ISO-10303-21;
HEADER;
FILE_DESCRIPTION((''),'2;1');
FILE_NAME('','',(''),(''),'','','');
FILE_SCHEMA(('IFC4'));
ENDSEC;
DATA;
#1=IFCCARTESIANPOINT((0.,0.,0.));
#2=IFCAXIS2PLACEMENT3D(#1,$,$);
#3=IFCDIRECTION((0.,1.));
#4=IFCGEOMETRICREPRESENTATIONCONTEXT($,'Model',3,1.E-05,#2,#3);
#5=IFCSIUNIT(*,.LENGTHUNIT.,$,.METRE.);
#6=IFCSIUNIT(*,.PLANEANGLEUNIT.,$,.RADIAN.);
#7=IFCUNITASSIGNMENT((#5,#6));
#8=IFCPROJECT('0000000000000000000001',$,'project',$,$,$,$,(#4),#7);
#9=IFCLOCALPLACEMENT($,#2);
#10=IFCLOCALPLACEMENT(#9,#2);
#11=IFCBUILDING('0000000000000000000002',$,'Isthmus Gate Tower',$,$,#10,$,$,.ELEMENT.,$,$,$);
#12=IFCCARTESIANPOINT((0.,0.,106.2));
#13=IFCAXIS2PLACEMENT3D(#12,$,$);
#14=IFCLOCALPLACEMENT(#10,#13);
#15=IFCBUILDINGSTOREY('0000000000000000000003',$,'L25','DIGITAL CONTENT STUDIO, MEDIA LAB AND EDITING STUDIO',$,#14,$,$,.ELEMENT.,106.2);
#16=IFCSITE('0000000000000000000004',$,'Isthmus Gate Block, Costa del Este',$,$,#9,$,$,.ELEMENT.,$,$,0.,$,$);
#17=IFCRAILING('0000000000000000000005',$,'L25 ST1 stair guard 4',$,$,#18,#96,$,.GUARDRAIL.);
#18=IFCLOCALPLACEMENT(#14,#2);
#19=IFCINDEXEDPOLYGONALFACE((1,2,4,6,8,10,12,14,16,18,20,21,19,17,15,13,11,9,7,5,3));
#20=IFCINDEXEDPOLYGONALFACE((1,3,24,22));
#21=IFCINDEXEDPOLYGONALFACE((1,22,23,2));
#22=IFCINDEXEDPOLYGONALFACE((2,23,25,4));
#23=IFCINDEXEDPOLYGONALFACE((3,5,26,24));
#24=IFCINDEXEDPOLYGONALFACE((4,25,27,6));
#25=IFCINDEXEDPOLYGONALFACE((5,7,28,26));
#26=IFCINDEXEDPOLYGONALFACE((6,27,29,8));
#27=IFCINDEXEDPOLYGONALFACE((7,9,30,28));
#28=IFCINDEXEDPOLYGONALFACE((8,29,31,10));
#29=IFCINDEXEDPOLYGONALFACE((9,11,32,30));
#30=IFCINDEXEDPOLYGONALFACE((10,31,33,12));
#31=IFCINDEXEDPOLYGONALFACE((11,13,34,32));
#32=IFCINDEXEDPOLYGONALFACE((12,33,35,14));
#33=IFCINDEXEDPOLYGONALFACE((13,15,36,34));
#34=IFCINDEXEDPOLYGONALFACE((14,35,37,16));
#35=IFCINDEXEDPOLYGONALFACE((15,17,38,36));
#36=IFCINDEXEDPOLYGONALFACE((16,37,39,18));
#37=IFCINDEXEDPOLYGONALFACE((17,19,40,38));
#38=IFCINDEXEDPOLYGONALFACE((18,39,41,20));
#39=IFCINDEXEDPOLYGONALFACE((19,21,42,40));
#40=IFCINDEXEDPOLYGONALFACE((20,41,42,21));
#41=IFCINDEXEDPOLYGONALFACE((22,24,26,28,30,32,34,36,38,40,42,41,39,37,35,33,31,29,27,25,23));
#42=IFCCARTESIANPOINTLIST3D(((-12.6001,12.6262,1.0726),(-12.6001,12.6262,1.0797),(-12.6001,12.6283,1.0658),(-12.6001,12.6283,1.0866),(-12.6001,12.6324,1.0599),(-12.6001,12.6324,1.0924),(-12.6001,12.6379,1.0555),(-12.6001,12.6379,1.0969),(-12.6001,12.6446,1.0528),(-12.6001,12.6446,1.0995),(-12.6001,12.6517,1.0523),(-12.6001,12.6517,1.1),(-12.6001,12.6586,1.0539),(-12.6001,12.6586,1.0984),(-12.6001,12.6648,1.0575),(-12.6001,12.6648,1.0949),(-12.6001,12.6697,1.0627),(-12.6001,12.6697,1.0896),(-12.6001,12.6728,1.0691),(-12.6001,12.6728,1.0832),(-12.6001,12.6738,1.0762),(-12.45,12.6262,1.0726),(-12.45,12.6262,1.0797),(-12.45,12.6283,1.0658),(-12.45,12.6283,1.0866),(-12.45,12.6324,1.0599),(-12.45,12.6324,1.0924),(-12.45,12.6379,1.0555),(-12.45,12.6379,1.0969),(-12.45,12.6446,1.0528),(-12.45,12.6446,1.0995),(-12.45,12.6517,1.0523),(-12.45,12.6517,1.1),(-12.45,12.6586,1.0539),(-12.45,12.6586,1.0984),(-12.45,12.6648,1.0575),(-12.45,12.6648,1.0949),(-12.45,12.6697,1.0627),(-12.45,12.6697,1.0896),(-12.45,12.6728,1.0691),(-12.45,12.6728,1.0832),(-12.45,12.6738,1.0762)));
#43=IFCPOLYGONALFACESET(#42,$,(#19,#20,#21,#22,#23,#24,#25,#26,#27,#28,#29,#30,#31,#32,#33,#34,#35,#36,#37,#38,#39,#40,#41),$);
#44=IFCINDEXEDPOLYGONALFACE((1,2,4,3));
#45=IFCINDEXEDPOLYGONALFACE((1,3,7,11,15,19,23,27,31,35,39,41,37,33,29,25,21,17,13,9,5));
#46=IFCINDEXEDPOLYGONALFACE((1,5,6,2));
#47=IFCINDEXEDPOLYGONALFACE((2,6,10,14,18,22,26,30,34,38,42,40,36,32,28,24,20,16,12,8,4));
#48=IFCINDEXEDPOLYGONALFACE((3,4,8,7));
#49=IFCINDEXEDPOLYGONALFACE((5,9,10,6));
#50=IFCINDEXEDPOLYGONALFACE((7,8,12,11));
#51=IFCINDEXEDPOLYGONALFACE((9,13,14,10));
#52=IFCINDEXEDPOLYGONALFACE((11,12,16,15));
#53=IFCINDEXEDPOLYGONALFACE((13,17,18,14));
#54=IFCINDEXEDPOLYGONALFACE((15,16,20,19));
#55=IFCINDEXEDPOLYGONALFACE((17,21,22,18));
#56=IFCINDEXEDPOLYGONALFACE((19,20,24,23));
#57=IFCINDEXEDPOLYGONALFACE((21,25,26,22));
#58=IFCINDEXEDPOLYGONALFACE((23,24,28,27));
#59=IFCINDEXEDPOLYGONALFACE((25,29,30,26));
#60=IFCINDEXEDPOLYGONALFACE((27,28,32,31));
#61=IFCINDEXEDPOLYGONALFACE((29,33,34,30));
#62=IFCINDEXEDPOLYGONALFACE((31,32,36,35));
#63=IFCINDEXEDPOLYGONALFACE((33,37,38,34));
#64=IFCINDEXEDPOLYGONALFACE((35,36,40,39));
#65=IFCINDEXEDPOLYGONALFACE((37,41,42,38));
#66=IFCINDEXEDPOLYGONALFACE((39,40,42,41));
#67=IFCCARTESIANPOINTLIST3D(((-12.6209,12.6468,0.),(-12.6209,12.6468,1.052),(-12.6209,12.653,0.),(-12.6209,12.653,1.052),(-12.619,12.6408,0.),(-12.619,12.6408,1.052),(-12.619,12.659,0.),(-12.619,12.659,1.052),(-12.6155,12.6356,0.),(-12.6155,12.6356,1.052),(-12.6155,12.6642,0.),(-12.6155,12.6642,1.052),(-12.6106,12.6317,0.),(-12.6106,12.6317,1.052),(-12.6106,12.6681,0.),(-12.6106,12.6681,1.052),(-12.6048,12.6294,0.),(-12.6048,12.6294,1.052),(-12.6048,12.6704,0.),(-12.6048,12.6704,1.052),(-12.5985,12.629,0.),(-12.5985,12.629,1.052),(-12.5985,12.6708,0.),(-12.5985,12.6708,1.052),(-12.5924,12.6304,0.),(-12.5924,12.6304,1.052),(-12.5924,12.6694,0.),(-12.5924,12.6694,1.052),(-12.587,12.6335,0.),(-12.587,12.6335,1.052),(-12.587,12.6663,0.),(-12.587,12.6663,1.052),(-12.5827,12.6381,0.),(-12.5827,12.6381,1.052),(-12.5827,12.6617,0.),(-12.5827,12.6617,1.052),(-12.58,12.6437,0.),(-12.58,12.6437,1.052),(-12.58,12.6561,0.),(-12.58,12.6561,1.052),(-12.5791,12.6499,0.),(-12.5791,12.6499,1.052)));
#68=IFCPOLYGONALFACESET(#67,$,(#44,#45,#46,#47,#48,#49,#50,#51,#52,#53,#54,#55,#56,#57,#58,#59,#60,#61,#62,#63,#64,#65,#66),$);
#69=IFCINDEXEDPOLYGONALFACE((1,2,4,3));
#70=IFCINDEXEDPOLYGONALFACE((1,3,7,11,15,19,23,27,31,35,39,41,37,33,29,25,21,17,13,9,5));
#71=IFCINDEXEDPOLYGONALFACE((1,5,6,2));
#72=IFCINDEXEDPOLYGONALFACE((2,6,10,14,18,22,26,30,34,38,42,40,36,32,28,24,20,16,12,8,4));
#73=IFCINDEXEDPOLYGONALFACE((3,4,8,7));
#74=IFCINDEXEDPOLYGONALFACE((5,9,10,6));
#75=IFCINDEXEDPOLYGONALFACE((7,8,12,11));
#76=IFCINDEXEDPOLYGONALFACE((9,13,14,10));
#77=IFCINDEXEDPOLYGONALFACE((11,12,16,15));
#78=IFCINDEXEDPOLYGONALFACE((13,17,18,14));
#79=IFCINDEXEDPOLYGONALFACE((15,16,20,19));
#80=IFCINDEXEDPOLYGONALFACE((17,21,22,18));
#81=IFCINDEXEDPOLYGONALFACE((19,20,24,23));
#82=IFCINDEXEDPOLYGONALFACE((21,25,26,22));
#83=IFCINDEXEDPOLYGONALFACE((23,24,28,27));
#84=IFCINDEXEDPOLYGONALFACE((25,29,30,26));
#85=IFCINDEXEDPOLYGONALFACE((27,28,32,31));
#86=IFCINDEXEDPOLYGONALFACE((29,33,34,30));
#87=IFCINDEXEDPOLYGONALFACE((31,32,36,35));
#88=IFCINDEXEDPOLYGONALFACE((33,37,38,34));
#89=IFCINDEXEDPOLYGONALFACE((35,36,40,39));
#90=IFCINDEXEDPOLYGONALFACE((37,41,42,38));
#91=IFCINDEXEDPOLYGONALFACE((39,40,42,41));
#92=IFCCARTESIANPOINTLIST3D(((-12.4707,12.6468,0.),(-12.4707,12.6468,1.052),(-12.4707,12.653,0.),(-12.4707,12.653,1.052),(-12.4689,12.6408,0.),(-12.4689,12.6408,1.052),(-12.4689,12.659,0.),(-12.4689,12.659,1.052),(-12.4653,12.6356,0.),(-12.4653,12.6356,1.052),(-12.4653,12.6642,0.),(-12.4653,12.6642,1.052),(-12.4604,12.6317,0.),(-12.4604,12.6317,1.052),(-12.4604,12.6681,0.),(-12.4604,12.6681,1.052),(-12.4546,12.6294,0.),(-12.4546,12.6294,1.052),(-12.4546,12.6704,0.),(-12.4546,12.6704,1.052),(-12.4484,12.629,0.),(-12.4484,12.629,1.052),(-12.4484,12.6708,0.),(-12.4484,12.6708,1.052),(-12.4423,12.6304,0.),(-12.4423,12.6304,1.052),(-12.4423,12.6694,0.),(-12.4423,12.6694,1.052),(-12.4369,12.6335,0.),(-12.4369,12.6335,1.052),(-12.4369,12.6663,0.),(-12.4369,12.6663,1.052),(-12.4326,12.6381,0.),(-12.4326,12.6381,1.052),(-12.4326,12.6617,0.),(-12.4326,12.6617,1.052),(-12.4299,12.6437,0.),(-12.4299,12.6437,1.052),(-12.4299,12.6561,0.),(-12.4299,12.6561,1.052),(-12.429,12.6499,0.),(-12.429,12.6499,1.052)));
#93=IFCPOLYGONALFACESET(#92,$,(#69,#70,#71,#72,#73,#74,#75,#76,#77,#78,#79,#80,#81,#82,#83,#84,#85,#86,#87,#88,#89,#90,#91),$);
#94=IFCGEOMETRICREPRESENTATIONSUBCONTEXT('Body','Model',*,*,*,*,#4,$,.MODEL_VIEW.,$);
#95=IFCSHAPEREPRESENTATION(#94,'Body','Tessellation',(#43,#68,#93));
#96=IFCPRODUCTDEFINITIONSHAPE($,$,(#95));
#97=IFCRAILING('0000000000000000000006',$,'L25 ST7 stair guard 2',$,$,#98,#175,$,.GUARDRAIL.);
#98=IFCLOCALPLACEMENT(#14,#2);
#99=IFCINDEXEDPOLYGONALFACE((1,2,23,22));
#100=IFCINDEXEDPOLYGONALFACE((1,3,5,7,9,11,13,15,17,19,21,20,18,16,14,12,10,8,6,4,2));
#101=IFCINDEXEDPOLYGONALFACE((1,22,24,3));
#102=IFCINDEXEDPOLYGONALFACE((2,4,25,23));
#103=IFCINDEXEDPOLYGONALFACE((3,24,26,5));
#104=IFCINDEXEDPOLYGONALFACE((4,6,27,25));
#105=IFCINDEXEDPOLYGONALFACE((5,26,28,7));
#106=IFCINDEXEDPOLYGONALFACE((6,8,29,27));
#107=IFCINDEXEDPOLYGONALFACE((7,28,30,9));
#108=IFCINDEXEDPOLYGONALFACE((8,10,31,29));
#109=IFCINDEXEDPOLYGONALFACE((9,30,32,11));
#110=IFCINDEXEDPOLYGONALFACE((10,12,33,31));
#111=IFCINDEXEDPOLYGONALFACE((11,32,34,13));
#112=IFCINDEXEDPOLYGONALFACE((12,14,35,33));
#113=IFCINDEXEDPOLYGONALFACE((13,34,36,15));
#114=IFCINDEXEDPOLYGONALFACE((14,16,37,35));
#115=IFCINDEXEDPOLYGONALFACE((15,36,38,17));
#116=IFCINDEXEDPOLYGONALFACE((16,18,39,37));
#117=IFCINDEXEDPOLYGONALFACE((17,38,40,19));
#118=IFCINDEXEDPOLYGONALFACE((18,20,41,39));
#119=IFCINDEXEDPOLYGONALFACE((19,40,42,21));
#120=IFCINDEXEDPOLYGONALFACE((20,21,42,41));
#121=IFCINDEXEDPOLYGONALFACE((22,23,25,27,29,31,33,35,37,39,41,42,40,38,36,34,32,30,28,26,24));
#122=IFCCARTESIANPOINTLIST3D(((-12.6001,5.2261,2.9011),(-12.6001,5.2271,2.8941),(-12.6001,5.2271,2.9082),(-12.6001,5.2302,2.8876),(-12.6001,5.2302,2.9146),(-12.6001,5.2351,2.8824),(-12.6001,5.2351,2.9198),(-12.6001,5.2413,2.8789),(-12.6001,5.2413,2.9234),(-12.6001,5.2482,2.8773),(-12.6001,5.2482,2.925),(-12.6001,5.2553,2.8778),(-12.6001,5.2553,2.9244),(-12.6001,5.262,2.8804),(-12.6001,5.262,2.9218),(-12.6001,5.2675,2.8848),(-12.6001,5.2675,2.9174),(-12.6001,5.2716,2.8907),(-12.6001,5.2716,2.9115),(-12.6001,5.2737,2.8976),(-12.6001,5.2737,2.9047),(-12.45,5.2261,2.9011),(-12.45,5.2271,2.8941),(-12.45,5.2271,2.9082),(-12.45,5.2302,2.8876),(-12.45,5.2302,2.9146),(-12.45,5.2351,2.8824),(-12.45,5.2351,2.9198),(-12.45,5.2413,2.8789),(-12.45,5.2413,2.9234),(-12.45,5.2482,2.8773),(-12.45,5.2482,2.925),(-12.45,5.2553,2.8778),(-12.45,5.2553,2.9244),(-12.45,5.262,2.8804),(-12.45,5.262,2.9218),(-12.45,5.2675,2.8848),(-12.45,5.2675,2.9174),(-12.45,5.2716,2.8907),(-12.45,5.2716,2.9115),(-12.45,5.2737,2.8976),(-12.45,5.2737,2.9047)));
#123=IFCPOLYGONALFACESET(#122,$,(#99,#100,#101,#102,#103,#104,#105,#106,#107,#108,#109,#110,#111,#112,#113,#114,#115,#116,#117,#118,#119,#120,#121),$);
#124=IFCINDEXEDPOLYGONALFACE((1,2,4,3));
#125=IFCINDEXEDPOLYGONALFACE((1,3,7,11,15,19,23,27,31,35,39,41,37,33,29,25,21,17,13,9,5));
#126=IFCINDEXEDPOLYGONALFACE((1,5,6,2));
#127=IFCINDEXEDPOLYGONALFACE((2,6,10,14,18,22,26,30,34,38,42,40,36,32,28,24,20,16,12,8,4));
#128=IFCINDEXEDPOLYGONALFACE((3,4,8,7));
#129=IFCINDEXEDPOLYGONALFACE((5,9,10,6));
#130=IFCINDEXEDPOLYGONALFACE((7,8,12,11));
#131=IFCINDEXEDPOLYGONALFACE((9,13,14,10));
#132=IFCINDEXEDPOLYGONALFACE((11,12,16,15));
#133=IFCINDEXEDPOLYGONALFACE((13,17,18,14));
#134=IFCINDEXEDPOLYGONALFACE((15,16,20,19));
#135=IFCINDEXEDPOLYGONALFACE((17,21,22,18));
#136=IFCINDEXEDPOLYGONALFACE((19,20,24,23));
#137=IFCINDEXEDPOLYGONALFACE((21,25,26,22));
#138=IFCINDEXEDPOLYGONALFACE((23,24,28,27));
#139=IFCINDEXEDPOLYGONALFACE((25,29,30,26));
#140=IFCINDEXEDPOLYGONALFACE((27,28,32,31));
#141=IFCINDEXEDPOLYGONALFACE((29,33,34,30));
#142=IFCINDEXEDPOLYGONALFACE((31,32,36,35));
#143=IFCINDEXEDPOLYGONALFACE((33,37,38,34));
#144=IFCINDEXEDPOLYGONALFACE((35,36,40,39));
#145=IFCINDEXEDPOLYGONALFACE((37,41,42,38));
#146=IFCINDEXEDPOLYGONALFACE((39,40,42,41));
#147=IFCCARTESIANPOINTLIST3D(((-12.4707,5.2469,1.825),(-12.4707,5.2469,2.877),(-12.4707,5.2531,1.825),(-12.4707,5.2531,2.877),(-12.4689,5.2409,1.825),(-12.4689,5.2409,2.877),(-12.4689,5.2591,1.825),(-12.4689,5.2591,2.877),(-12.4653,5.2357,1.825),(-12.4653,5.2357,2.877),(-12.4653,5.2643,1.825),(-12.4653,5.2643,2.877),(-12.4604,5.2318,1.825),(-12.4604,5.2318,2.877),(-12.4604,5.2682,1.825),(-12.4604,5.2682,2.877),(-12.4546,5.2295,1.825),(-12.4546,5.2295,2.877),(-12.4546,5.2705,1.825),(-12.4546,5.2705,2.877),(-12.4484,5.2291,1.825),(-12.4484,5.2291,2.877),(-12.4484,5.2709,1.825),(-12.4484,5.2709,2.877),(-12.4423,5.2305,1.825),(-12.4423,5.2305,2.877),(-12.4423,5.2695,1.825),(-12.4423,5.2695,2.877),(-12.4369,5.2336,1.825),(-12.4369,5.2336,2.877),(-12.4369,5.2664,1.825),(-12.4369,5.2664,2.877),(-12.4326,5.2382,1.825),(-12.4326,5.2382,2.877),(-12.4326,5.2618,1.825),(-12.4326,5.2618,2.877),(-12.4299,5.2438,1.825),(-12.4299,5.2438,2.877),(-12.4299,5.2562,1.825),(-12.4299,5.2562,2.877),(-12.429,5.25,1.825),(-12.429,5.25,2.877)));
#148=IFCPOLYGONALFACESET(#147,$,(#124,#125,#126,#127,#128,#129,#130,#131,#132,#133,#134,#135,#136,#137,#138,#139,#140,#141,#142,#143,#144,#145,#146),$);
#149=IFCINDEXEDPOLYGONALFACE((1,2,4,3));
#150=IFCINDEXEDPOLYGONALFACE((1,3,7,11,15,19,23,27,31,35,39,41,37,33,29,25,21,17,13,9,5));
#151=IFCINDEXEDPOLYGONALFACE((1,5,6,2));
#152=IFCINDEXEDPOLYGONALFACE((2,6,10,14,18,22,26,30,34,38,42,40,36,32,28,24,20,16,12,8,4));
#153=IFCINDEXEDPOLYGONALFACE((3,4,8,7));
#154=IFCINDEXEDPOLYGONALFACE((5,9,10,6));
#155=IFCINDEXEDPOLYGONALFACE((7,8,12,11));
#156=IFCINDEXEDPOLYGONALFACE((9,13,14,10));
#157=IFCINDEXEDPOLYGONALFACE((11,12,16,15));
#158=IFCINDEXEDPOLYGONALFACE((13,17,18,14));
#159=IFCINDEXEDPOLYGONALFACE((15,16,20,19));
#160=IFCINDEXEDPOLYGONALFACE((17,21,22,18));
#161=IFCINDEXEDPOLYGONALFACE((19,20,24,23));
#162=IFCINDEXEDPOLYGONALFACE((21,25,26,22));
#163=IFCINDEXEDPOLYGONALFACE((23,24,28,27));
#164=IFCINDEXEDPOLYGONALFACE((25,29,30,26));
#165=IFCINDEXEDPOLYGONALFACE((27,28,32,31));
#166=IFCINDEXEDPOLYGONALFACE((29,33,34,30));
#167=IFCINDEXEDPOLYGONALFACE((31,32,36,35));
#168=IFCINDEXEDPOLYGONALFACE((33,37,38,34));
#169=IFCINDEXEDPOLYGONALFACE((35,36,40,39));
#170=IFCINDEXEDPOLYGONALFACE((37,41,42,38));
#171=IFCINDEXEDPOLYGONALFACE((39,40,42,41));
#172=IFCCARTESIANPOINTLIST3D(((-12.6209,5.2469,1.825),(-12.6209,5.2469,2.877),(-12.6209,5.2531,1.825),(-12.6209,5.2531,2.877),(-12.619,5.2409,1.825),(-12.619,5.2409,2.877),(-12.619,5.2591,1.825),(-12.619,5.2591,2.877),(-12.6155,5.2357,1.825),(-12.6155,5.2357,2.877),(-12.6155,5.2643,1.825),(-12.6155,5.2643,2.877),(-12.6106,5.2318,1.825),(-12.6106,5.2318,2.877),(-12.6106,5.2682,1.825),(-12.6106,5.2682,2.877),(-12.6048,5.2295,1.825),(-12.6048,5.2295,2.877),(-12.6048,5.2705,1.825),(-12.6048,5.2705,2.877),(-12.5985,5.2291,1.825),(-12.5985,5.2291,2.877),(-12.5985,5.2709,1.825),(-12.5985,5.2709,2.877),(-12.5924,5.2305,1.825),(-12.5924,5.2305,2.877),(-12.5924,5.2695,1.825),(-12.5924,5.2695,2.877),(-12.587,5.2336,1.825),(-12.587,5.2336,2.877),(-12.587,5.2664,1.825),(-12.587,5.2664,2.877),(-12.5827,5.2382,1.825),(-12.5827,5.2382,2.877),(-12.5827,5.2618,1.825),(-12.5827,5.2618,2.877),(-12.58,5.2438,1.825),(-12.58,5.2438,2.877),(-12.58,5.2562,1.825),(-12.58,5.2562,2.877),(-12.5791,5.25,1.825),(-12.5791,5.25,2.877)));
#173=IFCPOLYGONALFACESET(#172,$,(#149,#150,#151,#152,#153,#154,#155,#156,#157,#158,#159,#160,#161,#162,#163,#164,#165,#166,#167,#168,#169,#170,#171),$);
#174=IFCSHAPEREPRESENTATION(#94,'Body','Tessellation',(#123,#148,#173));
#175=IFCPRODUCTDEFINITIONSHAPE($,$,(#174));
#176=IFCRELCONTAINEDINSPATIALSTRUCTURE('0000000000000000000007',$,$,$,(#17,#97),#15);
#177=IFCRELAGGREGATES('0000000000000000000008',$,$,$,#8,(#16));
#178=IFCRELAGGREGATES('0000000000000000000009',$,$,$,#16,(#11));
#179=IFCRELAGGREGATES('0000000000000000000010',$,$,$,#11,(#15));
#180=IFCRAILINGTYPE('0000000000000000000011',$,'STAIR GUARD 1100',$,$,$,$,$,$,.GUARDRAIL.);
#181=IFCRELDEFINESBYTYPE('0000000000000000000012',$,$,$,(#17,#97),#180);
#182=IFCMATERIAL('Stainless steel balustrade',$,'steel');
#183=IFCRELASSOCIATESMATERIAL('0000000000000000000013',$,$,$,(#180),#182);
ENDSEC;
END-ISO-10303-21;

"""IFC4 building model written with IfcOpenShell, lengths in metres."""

from ifc_helpers import new_model, si_unit, direction, frame, origin, origin_2d, place, context, subcontext, project, spatial, circle, extrude, material, type_object, element, save


model = new_model("IFC4")

# Units and contexts
model_context = context("Model", 3, precision=1e-05, world=origin(), true_north=direction((0.0, 1.0)))
body_context = subcontext(model_context, "Body", "Model", "MODEL_VIEW")
ifc_project = project(units=[si_unit("LENGTHUNIT", "METRE"), si_unit("PLANEANGLEUNIT", "RADIAN")], contexts=[model_context])

# Site, building, storey
site_placement = place(None, origin())
site = spatial("IfcSite", under=ifc_project, at=site_placement, Name="Isthmus Gate Block, Costa del Este", CompositionType="ELEMENT", RefElevation=0.0)
building_placement = place(site_placement, origin())
building = spatial("IfcBuilding", under=site, at=building_placement, Name="Isthmus Gate Tower", CompositionType="ELEMENT")
storey_placement = place(building_placement, frame((0.0, 0.0, 106.2)))
storey = spatial("IfcBuildingStorey", under=building, at=storey_placement, Name="L25", Description="DIGITAL CONTENT STUDIO, MEDIA LAB AND EDITING STUDIO", CompositionType="ELEMENT", Elevation=106.2)

# Railings
ifc_material_1 = material(Name="Stainless steel balustrade", Category="steel")
railing_type_1 = type_object("IfcRailingType", Name="STAIR GUARD 1100", PredefinedType="GUARDRAIL", material=ifc_material_1)
railing_1_placement = place(storey_placement, frame((-12.6001, 12.6499, 0.0)))
element("IfcRailing", 1, at=railing_1_placement, inside=storey, type_object=railing_type_1, Name="L25 ST1 stair guard 4", PredefinedType="GUARDRAIL", context=body_context, shape_type="SweptSolid", body=[
    extrude(circle(Radius=0.0239, at=origin_2d()), frame((0.0, 0.0, 1.0762), z_axis=(1.0, 0.0, 0.0), x_axis=(0.0, 1.0, 0.0)), (0.0, 0.0, 1.0), 0.1501),
    extrude(circle(Radius=0.021, at=origin_2d()), origin(), (0.0, 0.0, 1.0), 1.052),
    extrude(circle(Radius=0.021, at=origin_2d()), frame((0.1501, 0.0, 0.0)), (0.0, 0.0, 1.0), 1.052),
])
railing_2_placement = place(storey_placement, frame((-12.45, 5.25, 1.825)))
element("IfcRailing", 2, at=railing_2_placement, inside=storey, type_object=railing_type_1, Name="L25 ST7 stair guard 2", PredefinedType="GUARDRAIL", context=body_context, shape_type="SweptSolid", body=[
    extrude(circle(Radius=0.0239, at=origin_2d()), frame((0.0, 0.0, 1.0762), z_axis=(-1.0, 0.0, 0.0), x_axis=(0.0, -1.0, 0.0)), (0.0, 0.0, 1.0), 0.1501),
    extrude(circle(Radius=0.021, at=origin_2d()), origin(), (0.0, 0.0, 1.0), 1.052),
    extrude(circle(Radius=0.021, at=origin_2d()), frame((-0.1501, 0.0, 0.0)), (0.0, 0.0, 1.0), 1.052),
])

save(model, "model.ifc")
